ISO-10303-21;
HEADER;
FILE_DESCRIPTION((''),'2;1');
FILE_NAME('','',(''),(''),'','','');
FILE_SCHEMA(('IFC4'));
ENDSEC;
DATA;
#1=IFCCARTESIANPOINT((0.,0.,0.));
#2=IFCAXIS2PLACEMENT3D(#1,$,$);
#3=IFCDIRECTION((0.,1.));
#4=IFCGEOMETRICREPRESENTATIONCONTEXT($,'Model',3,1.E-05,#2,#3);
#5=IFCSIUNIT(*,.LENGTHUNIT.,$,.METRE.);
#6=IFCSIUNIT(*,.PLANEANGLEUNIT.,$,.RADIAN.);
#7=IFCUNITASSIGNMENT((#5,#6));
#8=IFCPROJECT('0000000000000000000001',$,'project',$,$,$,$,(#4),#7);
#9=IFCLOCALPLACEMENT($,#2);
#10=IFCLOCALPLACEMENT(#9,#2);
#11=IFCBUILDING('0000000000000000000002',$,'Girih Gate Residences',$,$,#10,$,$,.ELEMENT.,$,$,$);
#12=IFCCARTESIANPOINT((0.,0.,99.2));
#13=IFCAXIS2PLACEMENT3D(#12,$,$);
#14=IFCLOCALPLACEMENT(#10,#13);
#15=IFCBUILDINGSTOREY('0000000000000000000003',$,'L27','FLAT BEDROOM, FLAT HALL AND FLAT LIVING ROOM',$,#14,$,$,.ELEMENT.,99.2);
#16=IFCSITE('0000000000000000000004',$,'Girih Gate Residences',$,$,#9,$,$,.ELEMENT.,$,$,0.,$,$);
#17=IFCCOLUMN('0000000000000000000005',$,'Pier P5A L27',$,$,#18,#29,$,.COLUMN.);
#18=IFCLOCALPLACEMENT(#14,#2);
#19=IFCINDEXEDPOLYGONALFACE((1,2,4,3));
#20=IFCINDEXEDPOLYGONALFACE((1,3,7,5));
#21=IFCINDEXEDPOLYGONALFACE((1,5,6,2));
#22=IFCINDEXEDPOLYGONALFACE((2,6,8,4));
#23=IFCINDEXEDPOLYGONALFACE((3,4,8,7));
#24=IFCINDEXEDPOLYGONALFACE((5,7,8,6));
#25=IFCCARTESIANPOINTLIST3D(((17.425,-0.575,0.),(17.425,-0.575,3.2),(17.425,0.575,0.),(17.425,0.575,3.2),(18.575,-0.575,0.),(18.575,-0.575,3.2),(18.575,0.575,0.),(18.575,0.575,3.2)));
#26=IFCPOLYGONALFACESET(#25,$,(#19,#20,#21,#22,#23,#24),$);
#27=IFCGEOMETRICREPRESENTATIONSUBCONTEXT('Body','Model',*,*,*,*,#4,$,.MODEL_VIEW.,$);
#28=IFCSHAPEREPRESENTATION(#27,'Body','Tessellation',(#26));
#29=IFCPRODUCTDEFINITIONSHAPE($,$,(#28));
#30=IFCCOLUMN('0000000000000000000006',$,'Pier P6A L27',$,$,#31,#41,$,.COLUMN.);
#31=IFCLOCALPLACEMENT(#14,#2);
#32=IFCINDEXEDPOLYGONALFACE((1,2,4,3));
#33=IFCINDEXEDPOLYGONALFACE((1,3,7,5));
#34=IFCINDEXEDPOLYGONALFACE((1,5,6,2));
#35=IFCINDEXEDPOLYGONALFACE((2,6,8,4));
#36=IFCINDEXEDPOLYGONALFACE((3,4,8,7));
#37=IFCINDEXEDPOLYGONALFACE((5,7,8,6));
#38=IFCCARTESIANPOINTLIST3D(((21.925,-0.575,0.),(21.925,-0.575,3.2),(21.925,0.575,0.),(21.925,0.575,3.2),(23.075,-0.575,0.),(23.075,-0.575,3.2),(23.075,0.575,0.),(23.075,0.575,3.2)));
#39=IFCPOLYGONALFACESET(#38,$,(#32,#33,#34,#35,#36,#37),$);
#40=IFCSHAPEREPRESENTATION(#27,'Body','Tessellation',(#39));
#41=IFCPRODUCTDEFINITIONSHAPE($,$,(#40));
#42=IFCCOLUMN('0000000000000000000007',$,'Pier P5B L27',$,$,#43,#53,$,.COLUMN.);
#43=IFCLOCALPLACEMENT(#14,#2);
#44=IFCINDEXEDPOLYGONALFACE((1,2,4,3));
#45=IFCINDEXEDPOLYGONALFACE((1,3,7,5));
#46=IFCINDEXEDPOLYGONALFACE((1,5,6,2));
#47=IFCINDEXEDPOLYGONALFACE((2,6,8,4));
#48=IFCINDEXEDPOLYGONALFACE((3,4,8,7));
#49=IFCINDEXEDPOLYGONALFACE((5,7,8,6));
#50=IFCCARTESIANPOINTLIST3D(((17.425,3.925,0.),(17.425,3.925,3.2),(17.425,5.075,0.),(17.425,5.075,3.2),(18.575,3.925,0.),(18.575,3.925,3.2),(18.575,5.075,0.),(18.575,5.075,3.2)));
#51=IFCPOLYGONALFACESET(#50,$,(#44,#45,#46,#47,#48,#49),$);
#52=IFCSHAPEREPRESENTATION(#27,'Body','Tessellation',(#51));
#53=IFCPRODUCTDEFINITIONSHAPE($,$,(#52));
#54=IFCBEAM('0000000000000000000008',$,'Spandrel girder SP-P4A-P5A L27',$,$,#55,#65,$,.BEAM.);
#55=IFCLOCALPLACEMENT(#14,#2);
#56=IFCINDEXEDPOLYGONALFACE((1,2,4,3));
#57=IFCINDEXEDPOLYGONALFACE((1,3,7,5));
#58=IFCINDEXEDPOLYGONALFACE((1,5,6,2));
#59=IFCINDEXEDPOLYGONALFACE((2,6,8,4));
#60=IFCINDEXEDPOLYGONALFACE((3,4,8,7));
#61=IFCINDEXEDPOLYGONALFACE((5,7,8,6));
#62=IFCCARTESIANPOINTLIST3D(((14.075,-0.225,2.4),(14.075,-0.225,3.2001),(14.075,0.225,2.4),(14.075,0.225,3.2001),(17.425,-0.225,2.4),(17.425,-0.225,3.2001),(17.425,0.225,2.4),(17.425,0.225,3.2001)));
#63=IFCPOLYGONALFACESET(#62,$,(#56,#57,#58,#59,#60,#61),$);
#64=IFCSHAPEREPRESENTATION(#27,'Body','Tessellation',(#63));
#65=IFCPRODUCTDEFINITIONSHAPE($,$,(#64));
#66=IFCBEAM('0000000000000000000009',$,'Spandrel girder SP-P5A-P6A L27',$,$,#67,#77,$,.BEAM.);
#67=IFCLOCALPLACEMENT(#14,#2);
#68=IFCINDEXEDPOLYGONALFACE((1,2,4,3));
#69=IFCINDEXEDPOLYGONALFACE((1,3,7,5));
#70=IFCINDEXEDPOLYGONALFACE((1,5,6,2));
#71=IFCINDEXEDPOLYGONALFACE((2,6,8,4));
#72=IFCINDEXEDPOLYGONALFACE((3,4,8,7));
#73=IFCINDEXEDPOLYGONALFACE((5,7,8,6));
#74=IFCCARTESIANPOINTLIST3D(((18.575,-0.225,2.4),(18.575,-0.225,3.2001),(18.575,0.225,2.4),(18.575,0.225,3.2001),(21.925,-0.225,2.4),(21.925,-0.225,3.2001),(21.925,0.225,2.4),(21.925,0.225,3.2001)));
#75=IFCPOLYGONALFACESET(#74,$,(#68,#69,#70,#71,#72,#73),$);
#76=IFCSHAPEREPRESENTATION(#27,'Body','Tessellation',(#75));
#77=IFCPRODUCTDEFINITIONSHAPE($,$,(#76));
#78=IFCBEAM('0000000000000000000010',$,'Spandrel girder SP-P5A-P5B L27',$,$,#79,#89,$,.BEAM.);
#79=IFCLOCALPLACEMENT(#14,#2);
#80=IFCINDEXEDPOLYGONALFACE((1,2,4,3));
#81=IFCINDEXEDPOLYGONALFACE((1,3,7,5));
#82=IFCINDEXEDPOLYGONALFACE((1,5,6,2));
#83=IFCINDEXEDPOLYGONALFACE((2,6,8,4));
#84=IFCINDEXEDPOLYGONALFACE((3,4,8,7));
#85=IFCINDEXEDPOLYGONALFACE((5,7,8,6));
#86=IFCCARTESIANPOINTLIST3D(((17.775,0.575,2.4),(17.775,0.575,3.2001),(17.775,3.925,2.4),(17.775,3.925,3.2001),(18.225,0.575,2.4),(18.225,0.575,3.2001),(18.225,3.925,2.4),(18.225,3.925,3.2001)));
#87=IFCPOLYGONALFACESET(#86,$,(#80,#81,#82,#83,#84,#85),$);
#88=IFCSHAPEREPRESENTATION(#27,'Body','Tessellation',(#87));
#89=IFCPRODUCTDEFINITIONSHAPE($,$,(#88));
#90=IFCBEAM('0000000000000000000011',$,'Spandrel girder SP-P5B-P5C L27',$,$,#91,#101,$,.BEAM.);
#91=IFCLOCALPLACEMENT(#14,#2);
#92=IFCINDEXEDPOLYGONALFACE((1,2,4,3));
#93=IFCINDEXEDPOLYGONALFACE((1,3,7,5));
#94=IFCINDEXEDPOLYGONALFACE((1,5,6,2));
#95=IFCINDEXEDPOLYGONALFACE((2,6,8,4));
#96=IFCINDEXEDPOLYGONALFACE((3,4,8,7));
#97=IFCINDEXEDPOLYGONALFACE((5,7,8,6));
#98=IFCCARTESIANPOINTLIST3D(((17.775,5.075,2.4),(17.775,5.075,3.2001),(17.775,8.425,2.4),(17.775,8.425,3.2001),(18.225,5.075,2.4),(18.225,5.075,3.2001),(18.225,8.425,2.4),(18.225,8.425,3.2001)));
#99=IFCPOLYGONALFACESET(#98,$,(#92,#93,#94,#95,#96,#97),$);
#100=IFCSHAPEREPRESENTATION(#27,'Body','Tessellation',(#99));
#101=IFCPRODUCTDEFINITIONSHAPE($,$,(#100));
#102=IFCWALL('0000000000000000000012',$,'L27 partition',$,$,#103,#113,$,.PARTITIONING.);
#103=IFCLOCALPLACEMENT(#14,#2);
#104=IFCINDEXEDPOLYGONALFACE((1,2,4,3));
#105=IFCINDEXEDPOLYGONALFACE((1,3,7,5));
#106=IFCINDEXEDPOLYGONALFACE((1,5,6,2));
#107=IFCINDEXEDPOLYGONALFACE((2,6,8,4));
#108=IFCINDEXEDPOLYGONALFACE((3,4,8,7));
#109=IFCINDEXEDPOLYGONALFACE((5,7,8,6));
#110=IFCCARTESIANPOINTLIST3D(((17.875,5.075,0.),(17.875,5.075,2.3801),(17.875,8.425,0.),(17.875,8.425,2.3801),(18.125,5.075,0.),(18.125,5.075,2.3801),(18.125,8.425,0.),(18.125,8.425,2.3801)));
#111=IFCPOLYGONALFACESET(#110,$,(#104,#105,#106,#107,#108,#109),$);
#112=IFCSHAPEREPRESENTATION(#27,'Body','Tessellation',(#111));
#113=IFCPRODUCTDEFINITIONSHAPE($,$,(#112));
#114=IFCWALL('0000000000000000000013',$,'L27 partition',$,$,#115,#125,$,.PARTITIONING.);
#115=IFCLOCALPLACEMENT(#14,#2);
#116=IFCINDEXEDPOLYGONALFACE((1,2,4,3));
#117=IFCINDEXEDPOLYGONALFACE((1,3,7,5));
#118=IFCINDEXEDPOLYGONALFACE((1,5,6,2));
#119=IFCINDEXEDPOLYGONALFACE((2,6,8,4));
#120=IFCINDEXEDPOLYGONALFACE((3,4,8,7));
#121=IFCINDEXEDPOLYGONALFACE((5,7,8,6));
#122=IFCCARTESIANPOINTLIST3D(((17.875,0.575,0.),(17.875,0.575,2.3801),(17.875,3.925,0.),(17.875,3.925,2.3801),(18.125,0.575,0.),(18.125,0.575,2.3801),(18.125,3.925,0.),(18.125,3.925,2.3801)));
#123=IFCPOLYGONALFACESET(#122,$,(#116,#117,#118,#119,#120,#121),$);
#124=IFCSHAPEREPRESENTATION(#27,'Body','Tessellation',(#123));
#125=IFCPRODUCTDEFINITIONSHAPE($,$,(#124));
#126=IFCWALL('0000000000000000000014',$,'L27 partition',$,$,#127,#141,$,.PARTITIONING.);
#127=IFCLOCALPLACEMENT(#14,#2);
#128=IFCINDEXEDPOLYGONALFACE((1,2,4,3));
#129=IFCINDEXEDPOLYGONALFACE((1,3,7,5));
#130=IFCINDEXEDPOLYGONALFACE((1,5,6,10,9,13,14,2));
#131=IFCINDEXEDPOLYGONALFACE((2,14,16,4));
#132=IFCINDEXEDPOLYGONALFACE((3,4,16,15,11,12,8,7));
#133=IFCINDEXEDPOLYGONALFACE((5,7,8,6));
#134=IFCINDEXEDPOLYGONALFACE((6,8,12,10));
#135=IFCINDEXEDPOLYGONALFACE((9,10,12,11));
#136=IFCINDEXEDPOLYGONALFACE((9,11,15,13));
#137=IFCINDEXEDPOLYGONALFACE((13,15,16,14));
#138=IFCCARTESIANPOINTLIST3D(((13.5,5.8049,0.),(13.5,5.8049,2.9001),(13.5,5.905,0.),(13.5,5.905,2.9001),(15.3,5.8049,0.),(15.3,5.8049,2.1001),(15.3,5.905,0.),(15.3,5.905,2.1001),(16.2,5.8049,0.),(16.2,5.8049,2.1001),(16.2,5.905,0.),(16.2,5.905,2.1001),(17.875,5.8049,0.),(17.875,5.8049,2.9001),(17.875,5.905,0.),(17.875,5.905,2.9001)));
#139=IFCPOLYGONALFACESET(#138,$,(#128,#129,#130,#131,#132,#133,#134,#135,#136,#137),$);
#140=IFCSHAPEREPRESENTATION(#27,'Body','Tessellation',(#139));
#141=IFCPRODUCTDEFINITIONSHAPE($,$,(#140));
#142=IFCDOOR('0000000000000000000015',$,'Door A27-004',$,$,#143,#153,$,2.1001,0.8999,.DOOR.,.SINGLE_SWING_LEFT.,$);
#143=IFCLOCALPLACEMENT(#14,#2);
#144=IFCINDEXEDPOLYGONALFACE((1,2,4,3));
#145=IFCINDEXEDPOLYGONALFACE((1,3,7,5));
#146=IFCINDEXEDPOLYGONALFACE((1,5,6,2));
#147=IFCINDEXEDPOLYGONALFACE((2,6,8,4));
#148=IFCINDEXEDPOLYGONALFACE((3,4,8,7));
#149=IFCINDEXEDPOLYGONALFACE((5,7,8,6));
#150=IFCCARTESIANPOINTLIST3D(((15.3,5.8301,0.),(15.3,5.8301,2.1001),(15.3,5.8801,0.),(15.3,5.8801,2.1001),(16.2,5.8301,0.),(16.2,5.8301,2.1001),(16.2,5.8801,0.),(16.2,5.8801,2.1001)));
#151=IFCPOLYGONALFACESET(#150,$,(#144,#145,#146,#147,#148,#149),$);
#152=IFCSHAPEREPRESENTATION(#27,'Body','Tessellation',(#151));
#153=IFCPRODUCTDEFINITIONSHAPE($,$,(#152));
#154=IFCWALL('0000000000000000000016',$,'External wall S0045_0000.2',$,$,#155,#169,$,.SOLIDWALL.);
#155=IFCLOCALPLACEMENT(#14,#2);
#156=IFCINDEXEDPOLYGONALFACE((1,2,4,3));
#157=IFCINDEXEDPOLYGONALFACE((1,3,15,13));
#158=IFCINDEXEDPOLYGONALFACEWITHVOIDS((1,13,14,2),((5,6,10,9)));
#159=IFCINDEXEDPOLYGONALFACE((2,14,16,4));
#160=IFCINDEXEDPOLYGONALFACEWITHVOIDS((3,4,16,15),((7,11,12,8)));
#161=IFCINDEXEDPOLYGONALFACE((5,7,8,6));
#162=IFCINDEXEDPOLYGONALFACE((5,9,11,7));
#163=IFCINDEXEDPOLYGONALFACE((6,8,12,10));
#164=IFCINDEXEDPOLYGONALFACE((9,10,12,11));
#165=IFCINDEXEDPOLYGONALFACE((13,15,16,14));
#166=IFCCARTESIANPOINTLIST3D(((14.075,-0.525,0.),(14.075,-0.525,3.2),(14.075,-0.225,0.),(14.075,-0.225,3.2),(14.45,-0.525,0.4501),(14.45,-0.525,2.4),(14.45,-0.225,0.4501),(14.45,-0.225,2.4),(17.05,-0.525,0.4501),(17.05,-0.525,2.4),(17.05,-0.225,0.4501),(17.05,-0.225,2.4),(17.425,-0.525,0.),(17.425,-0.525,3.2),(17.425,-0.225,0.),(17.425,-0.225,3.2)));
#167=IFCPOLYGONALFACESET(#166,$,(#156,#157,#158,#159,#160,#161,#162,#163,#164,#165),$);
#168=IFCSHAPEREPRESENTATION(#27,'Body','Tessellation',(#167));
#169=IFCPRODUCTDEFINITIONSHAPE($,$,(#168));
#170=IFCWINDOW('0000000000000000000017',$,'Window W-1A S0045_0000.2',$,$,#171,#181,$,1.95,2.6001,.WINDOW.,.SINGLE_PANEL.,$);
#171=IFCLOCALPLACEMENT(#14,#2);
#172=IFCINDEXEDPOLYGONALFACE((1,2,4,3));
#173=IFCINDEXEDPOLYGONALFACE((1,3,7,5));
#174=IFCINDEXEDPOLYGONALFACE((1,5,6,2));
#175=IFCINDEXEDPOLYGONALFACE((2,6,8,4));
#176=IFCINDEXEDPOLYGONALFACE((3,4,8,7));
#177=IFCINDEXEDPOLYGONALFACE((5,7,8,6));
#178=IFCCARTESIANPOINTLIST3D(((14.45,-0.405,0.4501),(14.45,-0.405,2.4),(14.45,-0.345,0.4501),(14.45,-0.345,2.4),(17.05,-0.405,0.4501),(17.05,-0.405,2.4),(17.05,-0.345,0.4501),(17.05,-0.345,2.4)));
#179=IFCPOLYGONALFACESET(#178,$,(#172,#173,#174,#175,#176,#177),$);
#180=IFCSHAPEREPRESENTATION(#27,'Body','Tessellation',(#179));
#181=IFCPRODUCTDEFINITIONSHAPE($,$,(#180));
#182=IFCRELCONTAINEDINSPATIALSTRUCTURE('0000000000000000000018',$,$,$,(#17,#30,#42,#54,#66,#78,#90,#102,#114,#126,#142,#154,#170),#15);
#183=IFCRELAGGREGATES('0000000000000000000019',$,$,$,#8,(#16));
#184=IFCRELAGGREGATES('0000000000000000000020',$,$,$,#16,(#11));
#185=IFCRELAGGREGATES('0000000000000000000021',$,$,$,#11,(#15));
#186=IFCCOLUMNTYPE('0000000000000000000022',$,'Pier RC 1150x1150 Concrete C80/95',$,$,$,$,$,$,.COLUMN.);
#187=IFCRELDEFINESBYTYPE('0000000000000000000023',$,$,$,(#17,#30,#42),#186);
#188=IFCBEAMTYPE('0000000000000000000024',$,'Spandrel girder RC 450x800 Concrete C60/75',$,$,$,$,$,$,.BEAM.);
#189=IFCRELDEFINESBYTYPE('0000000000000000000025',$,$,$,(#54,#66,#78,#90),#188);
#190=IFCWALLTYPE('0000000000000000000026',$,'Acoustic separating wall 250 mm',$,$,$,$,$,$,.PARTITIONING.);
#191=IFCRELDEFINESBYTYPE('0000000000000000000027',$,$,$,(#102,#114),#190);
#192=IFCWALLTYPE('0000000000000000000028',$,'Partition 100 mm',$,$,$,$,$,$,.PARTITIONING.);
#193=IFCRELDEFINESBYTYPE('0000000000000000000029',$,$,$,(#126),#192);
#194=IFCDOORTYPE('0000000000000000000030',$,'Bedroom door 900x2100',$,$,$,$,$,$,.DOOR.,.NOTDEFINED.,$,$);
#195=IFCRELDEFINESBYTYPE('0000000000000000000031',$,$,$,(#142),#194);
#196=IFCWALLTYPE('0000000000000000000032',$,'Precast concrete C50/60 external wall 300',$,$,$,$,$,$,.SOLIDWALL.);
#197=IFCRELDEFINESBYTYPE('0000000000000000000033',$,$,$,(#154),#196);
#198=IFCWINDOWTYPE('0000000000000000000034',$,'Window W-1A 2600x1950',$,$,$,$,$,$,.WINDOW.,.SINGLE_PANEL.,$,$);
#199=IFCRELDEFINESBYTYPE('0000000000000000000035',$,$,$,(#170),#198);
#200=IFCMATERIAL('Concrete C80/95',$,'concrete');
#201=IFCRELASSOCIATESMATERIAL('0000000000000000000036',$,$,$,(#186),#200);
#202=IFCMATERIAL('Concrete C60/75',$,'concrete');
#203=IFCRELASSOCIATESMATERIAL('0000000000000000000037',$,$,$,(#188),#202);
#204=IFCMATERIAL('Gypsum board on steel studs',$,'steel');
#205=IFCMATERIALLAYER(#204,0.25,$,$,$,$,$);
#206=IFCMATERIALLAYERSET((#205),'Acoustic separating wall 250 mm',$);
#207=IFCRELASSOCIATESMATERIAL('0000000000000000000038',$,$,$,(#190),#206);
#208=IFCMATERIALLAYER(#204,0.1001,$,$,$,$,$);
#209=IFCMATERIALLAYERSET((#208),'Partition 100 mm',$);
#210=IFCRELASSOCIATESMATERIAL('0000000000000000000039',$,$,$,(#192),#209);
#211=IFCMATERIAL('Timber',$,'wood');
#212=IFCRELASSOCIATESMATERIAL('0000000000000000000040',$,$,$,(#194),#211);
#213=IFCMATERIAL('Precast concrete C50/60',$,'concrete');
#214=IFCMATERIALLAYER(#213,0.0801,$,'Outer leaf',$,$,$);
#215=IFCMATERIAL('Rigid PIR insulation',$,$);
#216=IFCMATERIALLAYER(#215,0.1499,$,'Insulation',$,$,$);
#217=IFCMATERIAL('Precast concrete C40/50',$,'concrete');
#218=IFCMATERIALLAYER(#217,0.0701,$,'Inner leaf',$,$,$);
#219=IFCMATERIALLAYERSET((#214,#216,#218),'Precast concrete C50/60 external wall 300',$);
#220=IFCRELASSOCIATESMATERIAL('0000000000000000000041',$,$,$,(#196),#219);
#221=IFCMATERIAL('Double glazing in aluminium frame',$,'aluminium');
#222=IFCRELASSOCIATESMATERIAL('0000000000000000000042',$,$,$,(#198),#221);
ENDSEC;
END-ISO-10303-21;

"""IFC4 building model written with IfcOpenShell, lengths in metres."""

from ifc_helpers import new_model, si_unit, direction, frame, frame_2d, origin, origin_2d, place, context, subcontext, project, spatial, rectangle, extrude, material, layer, layer_set, material_profile, profile_set, type_object, element, fill, save


model = new_model("IFC4")

# Units and contexts
model_context = context("Model", 3, precision=1e-05, world=origin(), true_north=direction((0.0, 1.0)))
body_context = subcontext(model_context, "Body", "Model", "MODEL_VIEW")
ifc_project = project(units=[si_unit("LENGTHUNIT", "METRE"), si_unit("PLANEANGLEUNIT", "RADIAN")], contexts=[model_context])

# Site, building, storey
site_placement = place(None, origin())
site = spatial("IfcSite", under=ifc_project, at=site_placement, Name="Girih Gate Residences", CompositionType="ELEMENT", RefElevation=0.0)
building_placement = place(site_placement, origin())
building = spatial("IfcBuilding", under=site, at=building_placement, Name="Girih Gate Residences", CompositionType="ELEMENT")
storey_placement = place(building_placement, frame((0.0, 0.0, 99.2)))
storey = spatial("IfcBuildingStorey", under=building, at=storey_placement, Name="L27", Description="FLAT BEDROOM, FLAT HALL AND FLAT LIVING ROOM", CompositionType="ELEMENT", Elevation=99.2)

# Columns
ifc_material_1 = material(Name="Concrete C80/95", Category="concrete")
ifc_material_profile_1 = material_profile(ifc_material_1, rectangle(XDim=1.1499, YDim=1.1499, at=origin_2d()))
ifc_profile_set_1 = profile_set([ifc_material_profile_1], Name="Concrete C80/95")
column_type = type_object("IfcColumnType", Name="Pier RC 1150x1150 Concrete C80/95", PredefinedType="COLUMN", material=ifc_profile_set_1)
for number, where, z_axis, x_axis, name in (
    (1, (18.0, 0.0, 0.0), (0.0, 0.0, 1.0), (1.0, 0.0, 0.0), "Pier P5A L27"),
    (2, (22.5, 0.0, 0.0), (0.0, 0.0, 1.0), (1.0, 0.0, 0.0), "Pier P6A L27"),
    (3, (18.0, 4.5, 0.0), (0.0, 0.0, 1.0), (1.0, 0.0, 0.0), "Pier P5B L27"),
):
    element("IfcColumn", number, at=place(storey_placement, frame(where, z_axis=z_axis, x_axis=x_axis)), inside=storey, type_object=column_type, Name=name, PredefinedType="COLUMN", context=body_context, shape_type="SweptSolid", body=[
        extrude(rectangle(XDim=1.1499, YDim=1.1499, at=origin_2d()), origin(), (0.0, 0.0, 1.0), 3.2),
    ])

# Beams
ifc_material_2 = material(Name="Concrete C60/75", Category="concrete")
ifc_material_profile_2 = material_profile(ifc_material_2, rectangle(XDim=0.45, YDim=0.8, at=origin_2d()))
ifc_profile_set_2 = profile_set([ifc_material_profile_2], Name="Concrete C60/75")
beam_type = type_object("IfcBeamType", Name="Spandrel girder RC 450x800 Concrete C60/75", PredefinedType="BEAM", material=ifc_profile_set_2)
for number, where, z_axis, x_axis, name in (
    (4, (14.075, 0.0, 2.8), (1.0, 0.0, 0.0), (0.0, 1.0, 0.0), "Spandrel girder SP-P4A-P5A L27"),
    (5, (18.575, 0.0, 2.8), (1.0, 0.0, 0.0), (0.0, 1.0, 0.0), "Spandrel girder SP-P5A-P6A L27"),
    (6, (18.0, 0.575, 2.8), (0.0, 1.0, 0.0), (-1.0, 0.0, 0.0), "Spandrel girder SP-P5A-P5B L27"),
    (7, (18.0, 5.075, 2.8), (0.0, 1.0, 0.0), (-1.0, 0.0, 0.0), "Spandrel girder SP-P5B-P5C L27"),
):
    element("IfcBeam", number, at=place(storey_placement, frame(where, z_axis=z_axis, x_axis=x_axis)), inside=storey, type_object=beam_type, Name=name, PredefinedType="BEAM", context=body_context, shape_type="SweptSolid", body=[
        extrude(rectangle(XDim=0.45, YDim=0.8, at=origin_2d()), origin(), (0.0, 0.0, 1.0), 3.3501),
    ])

# Walls
ifc_material_3 = material(Name="Gypsum board on steel studs", Category="steel")
ifc_layer_1 = layer(ifc_material_3, 0.25)
ifc_layer_set_1 = layer_set([ifc_layer_1], Name="Acoustic separating wall 250 mm")
wall_type_1 = type_object("IfcWallType", Name="Acoustic separating wall 250 mm", PredefinedType="PARTITIONING", material=ifc_layer_set_1)
for number, where, z_axis, x_axis, name in (
    (8, (18.0, 5.075, 0.0), (0.0, 0.0, 1.0), (0.0, 1.0, 0.0), "L27 partition"),
    (9, (18.0, 0.575, 0.0), (0.0, 0.0, 1.0), (0.0, 1.0, 0.0), "L27 partition"),
):
    element("IfcWall", number, at=place(storey_placement, frame(where, z_axis=z_axis, x_axis=x_axis)), inside=storey, type_object=wall_type_1, Name=name, PredefinedType="PARTITIONING", context=body_context, shape_type="SweptSolid", body=[
        extrude(rectangle(XDim=3.3501, YDim=0.25, at=frame_2d((1.675, 0.0))), origin(), (0.0, 0.0, 1.0), 2.3801),
    ])

# Wall, opening, door
ifc_layer_2 = layer(ifc_material_3, 0.1001)
ifc_layer_set_2 = layer_set([ifc_layer_2], Name="Partition 100 mm")
wall_type_2 = type_object("IfcWallType", Name="Partition 100 mm", PredefinedType="PARTITIONING", material=ifc_layer_set_2)
wall_1_placement = place(storey_placement, frame((17.875, 5.855, 0.0), z_axis=(0.0, 0.0, 1.0), x_axis=(-1.0, 0.0, 0.0)))
wall_1 = element("IfcWall", 10, at=wall_1_placement, inside=storey, type_object=wall_type_2, Name="L27 partition", PredefinedType="PARTITIONING", context=body_context, shape_type="SweptSolid", body=[
    extrude(rectangle(XDim=4.375, YDim=0.1001, at=frame_2d((2.1875, 0.0))), origin(), (0.0, 0.0, 1.0), 2.9001),
])
opening_1_placement = place(wall_1_placement, frame((1.675, 0.0, 0.0)))
opening_1 = element("IfcOpeningElement", 11, at=opening_1_placement, cuts=wall_1, PredefinedType="OPENING", context=body_context, shape_type="SweptSolid", body=[
    extrude(rectangle(XDim=0.8999, YDim=2.1001, at=frame_2d((0.45, 1.05))), frame((0.0, 0.0601, 0.0), z_axis=(0.0, -1.0, 0.0), x_axis=(1.0, 0.0, 0.0)), (0.0, 0.0, 1.0), 0.1201),
])
ifc_material_4 = material(Name="Timber", Category="wood")
door_type = type_object("IfcDoorType", Name="Bedroom door 900x2100", OperationType="NOTDEFINED", PredefinedType="DOOR", material=ifc_material_4)
door_placement = place(opening_1_placement, origin())
door = element("IfcDoor", 12, at=door_placement, inside=storey, type_object=door_type, Name="Door A27-004", OperationType="SINGLE_SWING_LEFT", OverallHeight=2.1001, OverallWidth=0.8999, PredefinedType="DOOR", context=body_context, shape_type="SweptSolid", body=[
    extrude(rectangle(XDim=0.8999, YDim=2.1001, at=frame_2d((0.45, 1.05))), frame((0.0, 0.0249, 0.0), z_axis=(0.0, -1.0, 0.0), x_axis=(1.0, 0.0, 0.0)), (0.0, 0.0, 1.0), 0.05),
])
fill(opening_1, door)

# Wall, opening, window
ifc_material_5 = material(Name="Precast concrete C50/60", Category="concrete")
ifc_layer_3 = layer(ifc_material_5, 0.0801, Name="Outer leaf")
ifc_material_6 = material(Name="Rigid PIR insulation")
ifc_layer_4 = layer(ifc_material_6, 0.1499, Name="Insulation")
ifc_material_7 = material(Name="Precast concrete C40/50", Category="concrete")
ifc_layer_5 = layer(ifc_material_7, 0.0701, Name="Inner leaf")
ifc_layer_set_3 = layer_set([ifc_layer_3, ifc_layer_4, ifc_layer_5], Name="Precast concrete C50/60 external wall 300")
wall_type_3 = type_object("IfcWallType", Name="Precast concrete C50/60 external wall 300", PredefinedType="SOLIDWALL", material=ifc_layer_set_3)
wall_2_placement = place(storey_placement, frame((17.425, -0.375, 0.0), z_axis=(0.0, 0.0, 1.0), x_axis=(-1.0, 0.0, 0.0)))
wall_2 = element("IfcWall", 13, at=wall_2_placement, inside=storey, type_object=wall_type_3, Name="External wall S0045_0000.2", PredefinedType="SOLIDWALL", context=body_context, shape_type="SweptSolid", body=[
    extrude(rectangle(XDim=3.3501, YDim=0.3, at=frame_2d((1.675, 0.0))), origin(), (0.0, 0.0, 1.0), 3.2),
])
opening_2_placement = place(wall_2_placement, frame((0.375, 0.0, 0.45)))
opening_2 = element("IfcOpeningElement", 14, at=opening_2_placement, cuts=wall_2, PredefinedType="OPENING", context=body_context, shape_type="SweptSolid", body=[
    extrude(rectangle(XDim=2.6001, YDim=1.95, at=frame_2d((1.3, 0.9751))), frame((0.0, 0.1599, 0.0), z_axis=(0.0, -1.0, 0.0), x_axis=(1.0, 0.0, 0.0)), (0.0, 0.0, 1.0), 0.3201),
])
ifc_material_8 = material(Name="Double glazing in aluminium frame", Category="aluminium")
window_type = type_object("IfcWindowType", Name="Window W-1A 2600x1950", PartitioningType="SINGLE_PANEL", PredefinedType="WINDOW", material=ifc_material_8)
window_1_placement = place(opening_2_placement, origin())
window_1 = element("IfcWindow", 15, at=window_1_placement, inside=storey, type_object=window_type, Name="Window W-1A S0045_0000.2", OverallHeight=1.95, OverallWidth=2.6001, PartitioningType="SINGLE_PANEL", PredefinedType="WINDOW", context=body_context, shape_type="SweptSolid", body=[
    extrude(rectangle(XDim=2.6001, YDim=1.95, at=frame_2d((1.3, 0.9751))), frame((0.0, 0.03, 0.0), z_axis=(0.0, -1.0, 0.0), x_axis=(1.0, 0.0, 0.0)), (0.0, 0.0, 1.0), 0.0601),
])
fill(opening_2, window_1)

save(model, "model.ifc")
